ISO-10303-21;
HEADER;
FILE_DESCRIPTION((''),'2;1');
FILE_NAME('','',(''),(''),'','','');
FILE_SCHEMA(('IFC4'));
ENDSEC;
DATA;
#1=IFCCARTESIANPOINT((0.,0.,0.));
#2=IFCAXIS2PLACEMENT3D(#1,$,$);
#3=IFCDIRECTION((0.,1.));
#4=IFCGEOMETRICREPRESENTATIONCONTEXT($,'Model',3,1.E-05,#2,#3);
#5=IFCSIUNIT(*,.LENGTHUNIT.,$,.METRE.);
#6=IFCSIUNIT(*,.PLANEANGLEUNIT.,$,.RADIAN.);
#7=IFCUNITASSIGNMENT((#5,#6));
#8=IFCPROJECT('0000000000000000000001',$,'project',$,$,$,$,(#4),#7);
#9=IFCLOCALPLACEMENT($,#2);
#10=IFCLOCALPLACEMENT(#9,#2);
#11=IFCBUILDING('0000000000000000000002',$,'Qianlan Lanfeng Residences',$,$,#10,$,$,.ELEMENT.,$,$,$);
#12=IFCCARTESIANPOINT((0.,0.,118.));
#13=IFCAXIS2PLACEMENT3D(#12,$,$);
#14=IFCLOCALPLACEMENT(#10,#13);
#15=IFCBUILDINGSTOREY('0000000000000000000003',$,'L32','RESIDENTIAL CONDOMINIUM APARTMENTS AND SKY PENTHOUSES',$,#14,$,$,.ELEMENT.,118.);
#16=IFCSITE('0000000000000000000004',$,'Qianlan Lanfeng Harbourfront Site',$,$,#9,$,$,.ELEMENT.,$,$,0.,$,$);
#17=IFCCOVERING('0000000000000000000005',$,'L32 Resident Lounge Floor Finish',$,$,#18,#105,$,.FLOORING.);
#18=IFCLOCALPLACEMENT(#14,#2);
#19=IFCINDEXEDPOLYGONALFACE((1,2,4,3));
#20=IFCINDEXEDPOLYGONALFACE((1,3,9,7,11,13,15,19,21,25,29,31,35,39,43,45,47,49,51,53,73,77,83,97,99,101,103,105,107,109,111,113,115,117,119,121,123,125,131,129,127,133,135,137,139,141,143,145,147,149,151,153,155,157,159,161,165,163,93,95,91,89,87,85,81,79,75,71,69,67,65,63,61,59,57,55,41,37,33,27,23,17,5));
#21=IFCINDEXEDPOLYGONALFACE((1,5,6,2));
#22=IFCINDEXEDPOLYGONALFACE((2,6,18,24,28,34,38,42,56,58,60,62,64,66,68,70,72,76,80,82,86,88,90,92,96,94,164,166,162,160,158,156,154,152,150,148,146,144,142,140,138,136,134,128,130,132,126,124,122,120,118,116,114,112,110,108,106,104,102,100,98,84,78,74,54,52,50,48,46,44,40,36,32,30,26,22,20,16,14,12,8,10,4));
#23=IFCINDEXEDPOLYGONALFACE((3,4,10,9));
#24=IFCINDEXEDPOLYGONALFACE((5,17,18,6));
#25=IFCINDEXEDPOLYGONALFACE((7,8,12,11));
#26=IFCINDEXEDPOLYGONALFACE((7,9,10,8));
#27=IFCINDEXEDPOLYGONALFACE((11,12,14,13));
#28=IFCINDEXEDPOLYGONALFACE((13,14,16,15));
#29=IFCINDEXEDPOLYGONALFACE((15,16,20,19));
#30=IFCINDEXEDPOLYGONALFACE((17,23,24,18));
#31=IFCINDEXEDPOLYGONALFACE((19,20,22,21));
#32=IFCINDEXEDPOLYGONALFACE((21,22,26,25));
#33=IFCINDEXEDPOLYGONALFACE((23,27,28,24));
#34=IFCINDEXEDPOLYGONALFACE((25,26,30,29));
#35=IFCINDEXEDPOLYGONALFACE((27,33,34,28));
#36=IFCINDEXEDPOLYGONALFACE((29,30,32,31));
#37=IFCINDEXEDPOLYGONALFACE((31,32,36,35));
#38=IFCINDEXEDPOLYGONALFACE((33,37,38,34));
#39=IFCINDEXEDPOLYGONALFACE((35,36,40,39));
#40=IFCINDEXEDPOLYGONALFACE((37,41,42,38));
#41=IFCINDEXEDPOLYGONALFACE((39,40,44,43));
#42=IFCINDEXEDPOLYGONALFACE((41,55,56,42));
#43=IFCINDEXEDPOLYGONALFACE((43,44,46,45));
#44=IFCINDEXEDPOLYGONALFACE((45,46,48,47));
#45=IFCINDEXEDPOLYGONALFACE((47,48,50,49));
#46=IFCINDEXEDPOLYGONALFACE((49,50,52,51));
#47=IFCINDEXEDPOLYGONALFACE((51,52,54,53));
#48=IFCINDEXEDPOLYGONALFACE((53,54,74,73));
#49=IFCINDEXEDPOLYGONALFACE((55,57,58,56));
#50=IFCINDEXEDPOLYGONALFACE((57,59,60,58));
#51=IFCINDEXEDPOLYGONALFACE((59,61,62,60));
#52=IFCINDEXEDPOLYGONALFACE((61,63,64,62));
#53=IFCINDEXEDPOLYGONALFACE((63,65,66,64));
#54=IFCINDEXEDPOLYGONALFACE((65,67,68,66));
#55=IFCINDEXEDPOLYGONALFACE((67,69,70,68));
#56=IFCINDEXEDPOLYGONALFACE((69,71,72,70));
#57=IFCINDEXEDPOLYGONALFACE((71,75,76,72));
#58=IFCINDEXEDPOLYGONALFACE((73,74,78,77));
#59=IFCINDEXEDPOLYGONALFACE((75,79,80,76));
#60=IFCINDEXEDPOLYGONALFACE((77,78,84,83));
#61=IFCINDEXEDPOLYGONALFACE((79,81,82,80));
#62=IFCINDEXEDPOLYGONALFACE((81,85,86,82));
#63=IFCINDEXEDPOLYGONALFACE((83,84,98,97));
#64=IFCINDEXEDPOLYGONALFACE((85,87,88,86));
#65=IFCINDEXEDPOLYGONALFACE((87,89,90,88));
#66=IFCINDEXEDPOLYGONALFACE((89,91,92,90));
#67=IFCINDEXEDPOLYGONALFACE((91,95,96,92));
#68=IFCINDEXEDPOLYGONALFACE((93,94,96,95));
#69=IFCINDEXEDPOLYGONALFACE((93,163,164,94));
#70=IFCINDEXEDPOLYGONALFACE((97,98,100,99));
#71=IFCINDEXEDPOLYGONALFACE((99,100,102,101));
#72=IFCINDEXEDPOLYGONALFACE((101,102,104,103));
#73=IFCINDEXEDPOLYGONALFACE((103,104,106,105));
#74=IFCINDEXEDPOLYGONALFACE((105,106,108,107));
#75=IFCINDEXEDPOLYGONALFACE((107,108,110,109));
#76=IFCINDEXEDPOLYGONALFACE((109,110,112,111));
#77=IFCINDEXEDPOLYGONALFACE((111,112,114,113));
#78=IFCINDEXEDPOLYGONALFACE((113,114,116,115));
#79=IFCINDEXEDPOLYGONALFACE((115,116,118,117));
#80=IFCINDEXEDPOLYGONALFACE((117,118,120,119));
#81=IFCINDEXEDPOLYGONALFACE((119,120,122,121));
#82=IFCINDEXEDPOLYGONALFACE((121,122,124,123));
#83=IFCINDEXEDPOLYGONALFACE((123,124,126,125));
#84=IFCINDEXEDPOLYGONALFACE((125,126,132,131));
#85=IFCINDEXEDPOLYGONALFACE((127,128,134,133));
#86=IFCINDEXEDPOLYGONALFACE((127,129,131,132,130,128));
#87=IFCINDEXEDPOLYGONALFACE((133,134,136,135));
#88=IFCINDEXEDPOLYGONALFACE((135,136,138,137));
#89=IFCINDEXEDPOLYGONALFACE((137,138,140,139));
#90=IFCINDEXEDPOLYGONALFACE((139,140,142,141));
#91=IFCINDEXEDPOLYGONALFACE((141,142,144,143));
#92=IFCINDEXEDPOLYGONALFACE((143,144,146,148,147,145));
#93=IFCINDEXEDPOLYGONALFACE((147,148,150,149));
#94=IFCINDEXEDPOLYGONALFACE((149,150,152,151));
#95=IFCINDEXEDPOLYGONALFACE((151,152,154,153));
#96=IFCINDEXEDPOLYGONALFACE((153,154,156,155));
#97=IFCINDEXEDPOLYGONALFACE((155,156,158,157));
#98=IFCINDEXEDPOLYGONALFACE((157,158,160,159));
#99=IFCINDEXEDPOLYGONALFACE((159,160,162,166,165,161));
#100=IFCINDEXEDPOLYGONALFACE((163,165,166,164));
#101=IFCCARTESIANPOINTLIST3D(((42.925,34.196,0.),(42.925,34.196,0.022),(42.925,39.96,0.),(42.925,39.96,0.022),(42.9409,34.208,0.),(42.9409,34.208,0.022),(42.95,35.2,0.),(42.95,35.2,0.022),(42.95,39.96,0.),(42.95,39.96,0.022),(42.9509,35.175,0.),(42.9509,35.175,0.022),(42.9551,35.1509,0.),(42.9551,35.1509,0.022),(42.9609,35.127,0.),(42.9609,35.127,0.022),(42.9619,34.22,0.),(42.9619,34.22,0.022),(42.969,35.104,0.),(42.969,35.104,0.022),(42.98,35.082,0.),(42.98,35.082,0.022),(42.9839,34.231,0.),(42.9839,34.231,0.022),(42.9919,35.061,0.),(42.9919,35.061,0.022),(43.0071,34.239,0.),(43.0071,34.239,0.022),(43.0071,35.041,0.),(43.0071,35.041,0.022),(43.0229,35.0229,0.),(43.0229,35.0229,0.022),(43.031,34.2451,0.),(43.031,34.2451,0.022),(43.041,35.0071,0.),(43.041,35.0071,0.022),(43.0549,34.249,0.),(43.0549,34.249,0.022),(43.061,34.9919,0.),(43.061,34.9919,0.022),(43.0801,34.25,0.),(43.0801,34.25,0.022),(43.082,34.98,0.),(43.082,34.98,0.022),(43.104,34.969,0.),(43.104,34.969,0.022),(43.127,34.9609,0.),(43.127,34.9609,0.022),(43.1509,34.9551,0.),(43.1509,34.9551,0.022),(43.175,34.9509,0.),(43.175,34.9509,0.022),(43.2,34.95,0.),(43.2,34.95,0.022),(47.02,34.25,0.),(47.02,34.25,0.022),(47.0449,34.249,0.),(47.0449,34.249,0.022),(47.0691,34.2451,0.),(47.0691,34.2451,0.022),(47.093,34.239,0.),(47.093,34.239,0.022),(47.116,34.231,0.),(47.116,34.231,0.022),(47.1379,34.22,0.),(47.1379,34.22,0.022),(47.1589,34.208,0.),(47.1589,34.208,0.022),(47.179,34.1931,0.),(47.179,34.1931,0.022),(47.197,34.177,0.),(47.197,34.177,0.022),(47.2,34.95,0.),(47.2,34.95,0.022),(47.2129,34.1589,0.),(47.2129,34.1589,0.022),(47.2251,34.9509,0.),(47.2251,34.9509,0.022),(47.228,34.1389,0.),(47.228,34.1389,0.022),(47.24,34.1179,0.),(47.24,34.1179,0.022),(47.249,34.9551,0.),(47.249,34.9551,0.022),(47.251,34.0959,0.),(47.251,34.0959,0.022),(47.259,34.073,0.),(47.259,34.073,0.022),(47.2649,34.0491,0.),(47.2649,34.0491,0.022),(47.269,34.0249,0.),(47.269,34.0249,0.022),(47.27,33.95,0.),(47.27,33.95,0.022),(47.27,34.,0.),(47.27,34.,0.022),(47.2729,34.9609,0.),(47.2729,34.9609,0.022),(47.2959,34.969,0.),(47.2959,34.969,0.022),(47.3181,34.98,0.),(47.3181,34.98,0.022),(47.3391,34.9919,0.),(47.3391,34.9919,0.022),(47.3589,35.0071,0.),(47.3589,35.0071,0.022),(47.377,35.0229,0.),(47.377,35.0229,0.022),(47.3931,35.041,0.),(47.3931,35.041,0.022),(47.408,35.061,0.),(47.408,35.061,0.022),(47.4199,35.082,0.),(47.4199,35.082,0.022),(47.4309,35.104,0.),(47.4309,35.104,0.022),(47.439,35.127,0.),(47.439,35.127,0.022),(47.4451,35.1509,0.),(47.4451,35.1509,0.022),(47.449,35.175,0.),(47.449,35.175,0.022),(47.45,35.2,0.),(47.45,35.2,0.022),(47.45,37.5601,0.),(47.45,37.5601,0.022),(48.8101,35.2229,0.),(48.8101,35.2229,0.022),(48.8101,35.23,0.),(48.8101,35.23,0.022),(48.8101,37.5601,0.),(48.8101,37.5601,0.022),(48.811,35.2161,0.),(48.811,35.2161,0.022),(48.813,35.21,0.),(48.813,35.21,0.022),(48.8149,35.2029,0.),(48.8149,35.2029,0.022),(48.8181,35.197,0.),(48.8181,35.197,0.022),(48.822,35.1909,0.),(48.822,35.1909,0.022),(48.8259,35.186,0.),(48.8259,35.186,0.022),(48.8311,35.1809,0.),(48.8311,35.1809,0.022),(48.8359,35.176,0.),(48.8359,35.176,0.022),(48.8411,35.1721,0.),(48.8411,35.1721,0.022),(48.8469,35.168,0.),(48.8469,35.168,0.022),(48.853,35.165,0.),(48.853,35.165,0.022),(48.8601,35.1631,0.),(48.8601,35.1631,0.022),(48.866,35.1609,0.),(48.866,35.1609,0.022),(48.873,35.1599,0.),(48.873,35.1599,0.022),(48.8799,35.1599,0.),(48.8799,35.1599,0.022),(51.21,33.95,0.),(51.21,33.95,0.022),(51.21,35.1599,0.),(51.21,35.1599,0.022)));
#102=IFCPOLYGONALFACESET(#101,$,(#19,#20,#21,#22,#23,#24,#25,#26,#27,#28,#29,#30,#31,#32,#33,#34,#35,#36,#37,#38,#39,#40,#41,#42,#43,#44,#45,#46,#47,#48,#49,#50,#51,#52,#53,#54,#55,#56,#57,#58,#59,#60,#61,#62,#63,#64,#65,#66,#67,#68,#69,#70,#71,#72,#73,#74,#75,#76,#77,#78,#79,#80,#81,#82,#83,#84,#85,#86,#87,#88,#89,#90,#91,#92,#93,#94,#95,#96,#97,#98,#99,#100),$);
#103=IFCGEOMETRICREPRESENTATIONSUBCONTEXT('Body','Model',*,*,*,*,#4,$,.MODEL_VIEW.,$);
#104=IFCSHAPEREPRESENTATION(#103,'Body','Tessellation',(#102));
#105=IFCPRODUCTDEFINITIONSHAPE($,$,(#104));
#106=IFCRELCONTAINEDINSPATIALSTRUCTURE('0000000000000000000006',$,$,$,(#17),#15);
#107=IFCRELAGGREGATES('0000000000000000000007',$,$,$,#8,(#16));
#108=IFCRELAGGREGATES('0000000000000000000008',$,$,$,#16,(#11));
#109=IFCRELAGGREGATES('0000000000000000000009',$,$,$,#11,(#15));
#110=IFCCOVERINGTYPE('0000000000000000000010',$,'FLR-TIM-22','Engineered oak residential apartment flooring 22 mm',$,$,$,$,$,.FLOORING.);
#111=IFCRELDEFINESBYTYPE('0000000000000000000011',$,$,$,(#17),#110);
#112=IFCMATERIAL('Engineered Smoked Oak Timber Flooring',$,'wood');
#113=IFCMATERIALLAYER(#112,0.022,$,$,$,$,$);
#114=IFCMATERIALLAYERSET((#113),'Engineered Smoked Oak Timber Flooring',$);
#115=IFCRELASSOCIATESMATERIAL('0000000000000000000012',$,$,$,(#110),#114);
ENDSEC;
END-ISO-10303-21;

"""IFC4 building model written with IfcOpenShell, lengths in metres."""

from ifc_helpers import new_model, si_unit, direction, frame, origin, place, context, subcontext, project, spatial, polyline, outline, extrude, material, layer, layer_set, type_object, element, save


model = new_model("IFC4")

# Units and contexts
model_context = context("Model", 3, precision=1e-05, world=origin(), true_north=direction((0.0, 1.0)))
body_context = subcontext(model_context, "Body", "Model", "MODEL_VIEW")
ifc_project = project(units=[si_unit("LENGTHUNIT", "METRE"), si_unit("PLANEANGLEUNIT", "RADIAN")], contexts=[model_context])

# Site, building, storey
site_placement = place(None, origin())
site = spatial("IfcSite", under=ifc_project, at=site_placement, Name="Qianlan Lanfeng Harbourfront Site", CompositionType="ELEMENT", RefElevation=0.0)
building_placement = place(site_placement, origin())
building = spatial("IfcBuilding", under=site, at=building_placement, Name="Qianlan Lanfeng Residences", CompositionType="ELEMENT")
storey_placement = place(building_placement, frame((0.0, 0.0, 118.0)))
storey = spatial("IfcBuildingStorey", under=building, at=storey_placement, Name="L32", Description="RESIDENTIAL CONDOMINIUM APARTMENTS AND SKY PENTHOUSES", CompositionType="ELEMENT", Elevation=118.0)

# Covering
ifc_material_1 = material(Name="Engineered Smoked Oak Timber Flooring", Category="wood")
ifc_layer_1 = layer(ifc_material_1, 0.022)
ifc_layer_set_1 = layer_set([ifc_layer_1], Name="Engineered Smoked Oak Timber Flooring")
covering_type = type_object("IfcCoveringType", Name="FLR-TIM-22", Description="Engineered oak residential apartment flooring 22 mm", PredefinedType="FLOORING", material=ifc_layer_set_1)
covering_placement = place(storey_placement, origin())
element("IfcCovering", 1, at=covering_placement, inside=storey, type_object=covering_type, Name="L32 Resident Lounge Floor Finish", PredefinedType="FLOORING", context=body_context, shape_type="SweptSolid", body=[
    extrude(outline(polyline([(42.925, 34.196), (42.9409, 34.208), (42.9619, 34.22), (42.9839, 34.231), (43.0071, 34.239), (43.031, 34.2451), (43.0549, 34.249), (43.0801, 34.25), (47.02, 34.25), (47.0449, 34.249), (47.0691, 34.2451), (47.093, 34.239), (47.116, 34.231), (47.1379, 34.22), (47.1589, 34.208), (47.179, 34.1931), (47.197, 34.177), (47.2129, 34.1589), (47.228, 34.1389), (47.24, 34.1179), (47.251, 34.0959), (47.259, 34.073), (47.2649, 34.0491), (47.269, 34.0249), (47.27, 34.0), (47.27, 33.95), (51.21, 33.95), (51.21, 35.1599), (48.8799, 35.1599), (48.873, 35.1599), (48.866, 35.1609), (48.8601, 35.1631), (48.853, 35.165), (48.8469, 35.168), (48.8411, 35.1721), (48.8359, 35.176), (48.8311, 35.1809), (48.8259, 35.186), (48.822, 35.1909), (48.8181, 35.197), (48.8149, 35.2029), (48.813, 35.21), (48.811, 35.2161), (48.8101, 35.2229), (48.8101, 35.23), (48.8101, 37.5601), (47.45, 37.5601), (47.45, 35.2), (47.449, 35.175), (47.4451, 35.1509), (47.439, 35.127), (47.4309, 35.104), (47.4199, 35.082), (47.408, 35.061), (47.3931, 35.041), (47.377, 35.0229), (47.3589, 35.0071), (47.3391, 34.9919), (47.3181, 34.98), (47.2959, 34.969), (47.2729, 34.9609), (47.249, 34.9551), (47.2251, 34.9509), (47.2, 34.95), (43.2, 34.95), (43.175, 34.9509), (43.1509, 34.9551), (43.127, 34.9609), (43.104, 34.969), (43.082, 34.98), (43.061, 34.9919), (43.041, 35.0071), (43.0229, 35.0229), (43.0071, 35.041), (42.9919, 35.061), (42.98, 35.082), (42.969, 35.104), (42.9609, 35.127), (42.9551, 35.1509), (42.9509, 35.175), (42.95, 35.2), (42.95, 39.96), (42.925, 39.96), (42.925, 34.196)])), origin(), (0.0, 0.0, 1.0), 0.022),
])

save(model, "model.ifc")
